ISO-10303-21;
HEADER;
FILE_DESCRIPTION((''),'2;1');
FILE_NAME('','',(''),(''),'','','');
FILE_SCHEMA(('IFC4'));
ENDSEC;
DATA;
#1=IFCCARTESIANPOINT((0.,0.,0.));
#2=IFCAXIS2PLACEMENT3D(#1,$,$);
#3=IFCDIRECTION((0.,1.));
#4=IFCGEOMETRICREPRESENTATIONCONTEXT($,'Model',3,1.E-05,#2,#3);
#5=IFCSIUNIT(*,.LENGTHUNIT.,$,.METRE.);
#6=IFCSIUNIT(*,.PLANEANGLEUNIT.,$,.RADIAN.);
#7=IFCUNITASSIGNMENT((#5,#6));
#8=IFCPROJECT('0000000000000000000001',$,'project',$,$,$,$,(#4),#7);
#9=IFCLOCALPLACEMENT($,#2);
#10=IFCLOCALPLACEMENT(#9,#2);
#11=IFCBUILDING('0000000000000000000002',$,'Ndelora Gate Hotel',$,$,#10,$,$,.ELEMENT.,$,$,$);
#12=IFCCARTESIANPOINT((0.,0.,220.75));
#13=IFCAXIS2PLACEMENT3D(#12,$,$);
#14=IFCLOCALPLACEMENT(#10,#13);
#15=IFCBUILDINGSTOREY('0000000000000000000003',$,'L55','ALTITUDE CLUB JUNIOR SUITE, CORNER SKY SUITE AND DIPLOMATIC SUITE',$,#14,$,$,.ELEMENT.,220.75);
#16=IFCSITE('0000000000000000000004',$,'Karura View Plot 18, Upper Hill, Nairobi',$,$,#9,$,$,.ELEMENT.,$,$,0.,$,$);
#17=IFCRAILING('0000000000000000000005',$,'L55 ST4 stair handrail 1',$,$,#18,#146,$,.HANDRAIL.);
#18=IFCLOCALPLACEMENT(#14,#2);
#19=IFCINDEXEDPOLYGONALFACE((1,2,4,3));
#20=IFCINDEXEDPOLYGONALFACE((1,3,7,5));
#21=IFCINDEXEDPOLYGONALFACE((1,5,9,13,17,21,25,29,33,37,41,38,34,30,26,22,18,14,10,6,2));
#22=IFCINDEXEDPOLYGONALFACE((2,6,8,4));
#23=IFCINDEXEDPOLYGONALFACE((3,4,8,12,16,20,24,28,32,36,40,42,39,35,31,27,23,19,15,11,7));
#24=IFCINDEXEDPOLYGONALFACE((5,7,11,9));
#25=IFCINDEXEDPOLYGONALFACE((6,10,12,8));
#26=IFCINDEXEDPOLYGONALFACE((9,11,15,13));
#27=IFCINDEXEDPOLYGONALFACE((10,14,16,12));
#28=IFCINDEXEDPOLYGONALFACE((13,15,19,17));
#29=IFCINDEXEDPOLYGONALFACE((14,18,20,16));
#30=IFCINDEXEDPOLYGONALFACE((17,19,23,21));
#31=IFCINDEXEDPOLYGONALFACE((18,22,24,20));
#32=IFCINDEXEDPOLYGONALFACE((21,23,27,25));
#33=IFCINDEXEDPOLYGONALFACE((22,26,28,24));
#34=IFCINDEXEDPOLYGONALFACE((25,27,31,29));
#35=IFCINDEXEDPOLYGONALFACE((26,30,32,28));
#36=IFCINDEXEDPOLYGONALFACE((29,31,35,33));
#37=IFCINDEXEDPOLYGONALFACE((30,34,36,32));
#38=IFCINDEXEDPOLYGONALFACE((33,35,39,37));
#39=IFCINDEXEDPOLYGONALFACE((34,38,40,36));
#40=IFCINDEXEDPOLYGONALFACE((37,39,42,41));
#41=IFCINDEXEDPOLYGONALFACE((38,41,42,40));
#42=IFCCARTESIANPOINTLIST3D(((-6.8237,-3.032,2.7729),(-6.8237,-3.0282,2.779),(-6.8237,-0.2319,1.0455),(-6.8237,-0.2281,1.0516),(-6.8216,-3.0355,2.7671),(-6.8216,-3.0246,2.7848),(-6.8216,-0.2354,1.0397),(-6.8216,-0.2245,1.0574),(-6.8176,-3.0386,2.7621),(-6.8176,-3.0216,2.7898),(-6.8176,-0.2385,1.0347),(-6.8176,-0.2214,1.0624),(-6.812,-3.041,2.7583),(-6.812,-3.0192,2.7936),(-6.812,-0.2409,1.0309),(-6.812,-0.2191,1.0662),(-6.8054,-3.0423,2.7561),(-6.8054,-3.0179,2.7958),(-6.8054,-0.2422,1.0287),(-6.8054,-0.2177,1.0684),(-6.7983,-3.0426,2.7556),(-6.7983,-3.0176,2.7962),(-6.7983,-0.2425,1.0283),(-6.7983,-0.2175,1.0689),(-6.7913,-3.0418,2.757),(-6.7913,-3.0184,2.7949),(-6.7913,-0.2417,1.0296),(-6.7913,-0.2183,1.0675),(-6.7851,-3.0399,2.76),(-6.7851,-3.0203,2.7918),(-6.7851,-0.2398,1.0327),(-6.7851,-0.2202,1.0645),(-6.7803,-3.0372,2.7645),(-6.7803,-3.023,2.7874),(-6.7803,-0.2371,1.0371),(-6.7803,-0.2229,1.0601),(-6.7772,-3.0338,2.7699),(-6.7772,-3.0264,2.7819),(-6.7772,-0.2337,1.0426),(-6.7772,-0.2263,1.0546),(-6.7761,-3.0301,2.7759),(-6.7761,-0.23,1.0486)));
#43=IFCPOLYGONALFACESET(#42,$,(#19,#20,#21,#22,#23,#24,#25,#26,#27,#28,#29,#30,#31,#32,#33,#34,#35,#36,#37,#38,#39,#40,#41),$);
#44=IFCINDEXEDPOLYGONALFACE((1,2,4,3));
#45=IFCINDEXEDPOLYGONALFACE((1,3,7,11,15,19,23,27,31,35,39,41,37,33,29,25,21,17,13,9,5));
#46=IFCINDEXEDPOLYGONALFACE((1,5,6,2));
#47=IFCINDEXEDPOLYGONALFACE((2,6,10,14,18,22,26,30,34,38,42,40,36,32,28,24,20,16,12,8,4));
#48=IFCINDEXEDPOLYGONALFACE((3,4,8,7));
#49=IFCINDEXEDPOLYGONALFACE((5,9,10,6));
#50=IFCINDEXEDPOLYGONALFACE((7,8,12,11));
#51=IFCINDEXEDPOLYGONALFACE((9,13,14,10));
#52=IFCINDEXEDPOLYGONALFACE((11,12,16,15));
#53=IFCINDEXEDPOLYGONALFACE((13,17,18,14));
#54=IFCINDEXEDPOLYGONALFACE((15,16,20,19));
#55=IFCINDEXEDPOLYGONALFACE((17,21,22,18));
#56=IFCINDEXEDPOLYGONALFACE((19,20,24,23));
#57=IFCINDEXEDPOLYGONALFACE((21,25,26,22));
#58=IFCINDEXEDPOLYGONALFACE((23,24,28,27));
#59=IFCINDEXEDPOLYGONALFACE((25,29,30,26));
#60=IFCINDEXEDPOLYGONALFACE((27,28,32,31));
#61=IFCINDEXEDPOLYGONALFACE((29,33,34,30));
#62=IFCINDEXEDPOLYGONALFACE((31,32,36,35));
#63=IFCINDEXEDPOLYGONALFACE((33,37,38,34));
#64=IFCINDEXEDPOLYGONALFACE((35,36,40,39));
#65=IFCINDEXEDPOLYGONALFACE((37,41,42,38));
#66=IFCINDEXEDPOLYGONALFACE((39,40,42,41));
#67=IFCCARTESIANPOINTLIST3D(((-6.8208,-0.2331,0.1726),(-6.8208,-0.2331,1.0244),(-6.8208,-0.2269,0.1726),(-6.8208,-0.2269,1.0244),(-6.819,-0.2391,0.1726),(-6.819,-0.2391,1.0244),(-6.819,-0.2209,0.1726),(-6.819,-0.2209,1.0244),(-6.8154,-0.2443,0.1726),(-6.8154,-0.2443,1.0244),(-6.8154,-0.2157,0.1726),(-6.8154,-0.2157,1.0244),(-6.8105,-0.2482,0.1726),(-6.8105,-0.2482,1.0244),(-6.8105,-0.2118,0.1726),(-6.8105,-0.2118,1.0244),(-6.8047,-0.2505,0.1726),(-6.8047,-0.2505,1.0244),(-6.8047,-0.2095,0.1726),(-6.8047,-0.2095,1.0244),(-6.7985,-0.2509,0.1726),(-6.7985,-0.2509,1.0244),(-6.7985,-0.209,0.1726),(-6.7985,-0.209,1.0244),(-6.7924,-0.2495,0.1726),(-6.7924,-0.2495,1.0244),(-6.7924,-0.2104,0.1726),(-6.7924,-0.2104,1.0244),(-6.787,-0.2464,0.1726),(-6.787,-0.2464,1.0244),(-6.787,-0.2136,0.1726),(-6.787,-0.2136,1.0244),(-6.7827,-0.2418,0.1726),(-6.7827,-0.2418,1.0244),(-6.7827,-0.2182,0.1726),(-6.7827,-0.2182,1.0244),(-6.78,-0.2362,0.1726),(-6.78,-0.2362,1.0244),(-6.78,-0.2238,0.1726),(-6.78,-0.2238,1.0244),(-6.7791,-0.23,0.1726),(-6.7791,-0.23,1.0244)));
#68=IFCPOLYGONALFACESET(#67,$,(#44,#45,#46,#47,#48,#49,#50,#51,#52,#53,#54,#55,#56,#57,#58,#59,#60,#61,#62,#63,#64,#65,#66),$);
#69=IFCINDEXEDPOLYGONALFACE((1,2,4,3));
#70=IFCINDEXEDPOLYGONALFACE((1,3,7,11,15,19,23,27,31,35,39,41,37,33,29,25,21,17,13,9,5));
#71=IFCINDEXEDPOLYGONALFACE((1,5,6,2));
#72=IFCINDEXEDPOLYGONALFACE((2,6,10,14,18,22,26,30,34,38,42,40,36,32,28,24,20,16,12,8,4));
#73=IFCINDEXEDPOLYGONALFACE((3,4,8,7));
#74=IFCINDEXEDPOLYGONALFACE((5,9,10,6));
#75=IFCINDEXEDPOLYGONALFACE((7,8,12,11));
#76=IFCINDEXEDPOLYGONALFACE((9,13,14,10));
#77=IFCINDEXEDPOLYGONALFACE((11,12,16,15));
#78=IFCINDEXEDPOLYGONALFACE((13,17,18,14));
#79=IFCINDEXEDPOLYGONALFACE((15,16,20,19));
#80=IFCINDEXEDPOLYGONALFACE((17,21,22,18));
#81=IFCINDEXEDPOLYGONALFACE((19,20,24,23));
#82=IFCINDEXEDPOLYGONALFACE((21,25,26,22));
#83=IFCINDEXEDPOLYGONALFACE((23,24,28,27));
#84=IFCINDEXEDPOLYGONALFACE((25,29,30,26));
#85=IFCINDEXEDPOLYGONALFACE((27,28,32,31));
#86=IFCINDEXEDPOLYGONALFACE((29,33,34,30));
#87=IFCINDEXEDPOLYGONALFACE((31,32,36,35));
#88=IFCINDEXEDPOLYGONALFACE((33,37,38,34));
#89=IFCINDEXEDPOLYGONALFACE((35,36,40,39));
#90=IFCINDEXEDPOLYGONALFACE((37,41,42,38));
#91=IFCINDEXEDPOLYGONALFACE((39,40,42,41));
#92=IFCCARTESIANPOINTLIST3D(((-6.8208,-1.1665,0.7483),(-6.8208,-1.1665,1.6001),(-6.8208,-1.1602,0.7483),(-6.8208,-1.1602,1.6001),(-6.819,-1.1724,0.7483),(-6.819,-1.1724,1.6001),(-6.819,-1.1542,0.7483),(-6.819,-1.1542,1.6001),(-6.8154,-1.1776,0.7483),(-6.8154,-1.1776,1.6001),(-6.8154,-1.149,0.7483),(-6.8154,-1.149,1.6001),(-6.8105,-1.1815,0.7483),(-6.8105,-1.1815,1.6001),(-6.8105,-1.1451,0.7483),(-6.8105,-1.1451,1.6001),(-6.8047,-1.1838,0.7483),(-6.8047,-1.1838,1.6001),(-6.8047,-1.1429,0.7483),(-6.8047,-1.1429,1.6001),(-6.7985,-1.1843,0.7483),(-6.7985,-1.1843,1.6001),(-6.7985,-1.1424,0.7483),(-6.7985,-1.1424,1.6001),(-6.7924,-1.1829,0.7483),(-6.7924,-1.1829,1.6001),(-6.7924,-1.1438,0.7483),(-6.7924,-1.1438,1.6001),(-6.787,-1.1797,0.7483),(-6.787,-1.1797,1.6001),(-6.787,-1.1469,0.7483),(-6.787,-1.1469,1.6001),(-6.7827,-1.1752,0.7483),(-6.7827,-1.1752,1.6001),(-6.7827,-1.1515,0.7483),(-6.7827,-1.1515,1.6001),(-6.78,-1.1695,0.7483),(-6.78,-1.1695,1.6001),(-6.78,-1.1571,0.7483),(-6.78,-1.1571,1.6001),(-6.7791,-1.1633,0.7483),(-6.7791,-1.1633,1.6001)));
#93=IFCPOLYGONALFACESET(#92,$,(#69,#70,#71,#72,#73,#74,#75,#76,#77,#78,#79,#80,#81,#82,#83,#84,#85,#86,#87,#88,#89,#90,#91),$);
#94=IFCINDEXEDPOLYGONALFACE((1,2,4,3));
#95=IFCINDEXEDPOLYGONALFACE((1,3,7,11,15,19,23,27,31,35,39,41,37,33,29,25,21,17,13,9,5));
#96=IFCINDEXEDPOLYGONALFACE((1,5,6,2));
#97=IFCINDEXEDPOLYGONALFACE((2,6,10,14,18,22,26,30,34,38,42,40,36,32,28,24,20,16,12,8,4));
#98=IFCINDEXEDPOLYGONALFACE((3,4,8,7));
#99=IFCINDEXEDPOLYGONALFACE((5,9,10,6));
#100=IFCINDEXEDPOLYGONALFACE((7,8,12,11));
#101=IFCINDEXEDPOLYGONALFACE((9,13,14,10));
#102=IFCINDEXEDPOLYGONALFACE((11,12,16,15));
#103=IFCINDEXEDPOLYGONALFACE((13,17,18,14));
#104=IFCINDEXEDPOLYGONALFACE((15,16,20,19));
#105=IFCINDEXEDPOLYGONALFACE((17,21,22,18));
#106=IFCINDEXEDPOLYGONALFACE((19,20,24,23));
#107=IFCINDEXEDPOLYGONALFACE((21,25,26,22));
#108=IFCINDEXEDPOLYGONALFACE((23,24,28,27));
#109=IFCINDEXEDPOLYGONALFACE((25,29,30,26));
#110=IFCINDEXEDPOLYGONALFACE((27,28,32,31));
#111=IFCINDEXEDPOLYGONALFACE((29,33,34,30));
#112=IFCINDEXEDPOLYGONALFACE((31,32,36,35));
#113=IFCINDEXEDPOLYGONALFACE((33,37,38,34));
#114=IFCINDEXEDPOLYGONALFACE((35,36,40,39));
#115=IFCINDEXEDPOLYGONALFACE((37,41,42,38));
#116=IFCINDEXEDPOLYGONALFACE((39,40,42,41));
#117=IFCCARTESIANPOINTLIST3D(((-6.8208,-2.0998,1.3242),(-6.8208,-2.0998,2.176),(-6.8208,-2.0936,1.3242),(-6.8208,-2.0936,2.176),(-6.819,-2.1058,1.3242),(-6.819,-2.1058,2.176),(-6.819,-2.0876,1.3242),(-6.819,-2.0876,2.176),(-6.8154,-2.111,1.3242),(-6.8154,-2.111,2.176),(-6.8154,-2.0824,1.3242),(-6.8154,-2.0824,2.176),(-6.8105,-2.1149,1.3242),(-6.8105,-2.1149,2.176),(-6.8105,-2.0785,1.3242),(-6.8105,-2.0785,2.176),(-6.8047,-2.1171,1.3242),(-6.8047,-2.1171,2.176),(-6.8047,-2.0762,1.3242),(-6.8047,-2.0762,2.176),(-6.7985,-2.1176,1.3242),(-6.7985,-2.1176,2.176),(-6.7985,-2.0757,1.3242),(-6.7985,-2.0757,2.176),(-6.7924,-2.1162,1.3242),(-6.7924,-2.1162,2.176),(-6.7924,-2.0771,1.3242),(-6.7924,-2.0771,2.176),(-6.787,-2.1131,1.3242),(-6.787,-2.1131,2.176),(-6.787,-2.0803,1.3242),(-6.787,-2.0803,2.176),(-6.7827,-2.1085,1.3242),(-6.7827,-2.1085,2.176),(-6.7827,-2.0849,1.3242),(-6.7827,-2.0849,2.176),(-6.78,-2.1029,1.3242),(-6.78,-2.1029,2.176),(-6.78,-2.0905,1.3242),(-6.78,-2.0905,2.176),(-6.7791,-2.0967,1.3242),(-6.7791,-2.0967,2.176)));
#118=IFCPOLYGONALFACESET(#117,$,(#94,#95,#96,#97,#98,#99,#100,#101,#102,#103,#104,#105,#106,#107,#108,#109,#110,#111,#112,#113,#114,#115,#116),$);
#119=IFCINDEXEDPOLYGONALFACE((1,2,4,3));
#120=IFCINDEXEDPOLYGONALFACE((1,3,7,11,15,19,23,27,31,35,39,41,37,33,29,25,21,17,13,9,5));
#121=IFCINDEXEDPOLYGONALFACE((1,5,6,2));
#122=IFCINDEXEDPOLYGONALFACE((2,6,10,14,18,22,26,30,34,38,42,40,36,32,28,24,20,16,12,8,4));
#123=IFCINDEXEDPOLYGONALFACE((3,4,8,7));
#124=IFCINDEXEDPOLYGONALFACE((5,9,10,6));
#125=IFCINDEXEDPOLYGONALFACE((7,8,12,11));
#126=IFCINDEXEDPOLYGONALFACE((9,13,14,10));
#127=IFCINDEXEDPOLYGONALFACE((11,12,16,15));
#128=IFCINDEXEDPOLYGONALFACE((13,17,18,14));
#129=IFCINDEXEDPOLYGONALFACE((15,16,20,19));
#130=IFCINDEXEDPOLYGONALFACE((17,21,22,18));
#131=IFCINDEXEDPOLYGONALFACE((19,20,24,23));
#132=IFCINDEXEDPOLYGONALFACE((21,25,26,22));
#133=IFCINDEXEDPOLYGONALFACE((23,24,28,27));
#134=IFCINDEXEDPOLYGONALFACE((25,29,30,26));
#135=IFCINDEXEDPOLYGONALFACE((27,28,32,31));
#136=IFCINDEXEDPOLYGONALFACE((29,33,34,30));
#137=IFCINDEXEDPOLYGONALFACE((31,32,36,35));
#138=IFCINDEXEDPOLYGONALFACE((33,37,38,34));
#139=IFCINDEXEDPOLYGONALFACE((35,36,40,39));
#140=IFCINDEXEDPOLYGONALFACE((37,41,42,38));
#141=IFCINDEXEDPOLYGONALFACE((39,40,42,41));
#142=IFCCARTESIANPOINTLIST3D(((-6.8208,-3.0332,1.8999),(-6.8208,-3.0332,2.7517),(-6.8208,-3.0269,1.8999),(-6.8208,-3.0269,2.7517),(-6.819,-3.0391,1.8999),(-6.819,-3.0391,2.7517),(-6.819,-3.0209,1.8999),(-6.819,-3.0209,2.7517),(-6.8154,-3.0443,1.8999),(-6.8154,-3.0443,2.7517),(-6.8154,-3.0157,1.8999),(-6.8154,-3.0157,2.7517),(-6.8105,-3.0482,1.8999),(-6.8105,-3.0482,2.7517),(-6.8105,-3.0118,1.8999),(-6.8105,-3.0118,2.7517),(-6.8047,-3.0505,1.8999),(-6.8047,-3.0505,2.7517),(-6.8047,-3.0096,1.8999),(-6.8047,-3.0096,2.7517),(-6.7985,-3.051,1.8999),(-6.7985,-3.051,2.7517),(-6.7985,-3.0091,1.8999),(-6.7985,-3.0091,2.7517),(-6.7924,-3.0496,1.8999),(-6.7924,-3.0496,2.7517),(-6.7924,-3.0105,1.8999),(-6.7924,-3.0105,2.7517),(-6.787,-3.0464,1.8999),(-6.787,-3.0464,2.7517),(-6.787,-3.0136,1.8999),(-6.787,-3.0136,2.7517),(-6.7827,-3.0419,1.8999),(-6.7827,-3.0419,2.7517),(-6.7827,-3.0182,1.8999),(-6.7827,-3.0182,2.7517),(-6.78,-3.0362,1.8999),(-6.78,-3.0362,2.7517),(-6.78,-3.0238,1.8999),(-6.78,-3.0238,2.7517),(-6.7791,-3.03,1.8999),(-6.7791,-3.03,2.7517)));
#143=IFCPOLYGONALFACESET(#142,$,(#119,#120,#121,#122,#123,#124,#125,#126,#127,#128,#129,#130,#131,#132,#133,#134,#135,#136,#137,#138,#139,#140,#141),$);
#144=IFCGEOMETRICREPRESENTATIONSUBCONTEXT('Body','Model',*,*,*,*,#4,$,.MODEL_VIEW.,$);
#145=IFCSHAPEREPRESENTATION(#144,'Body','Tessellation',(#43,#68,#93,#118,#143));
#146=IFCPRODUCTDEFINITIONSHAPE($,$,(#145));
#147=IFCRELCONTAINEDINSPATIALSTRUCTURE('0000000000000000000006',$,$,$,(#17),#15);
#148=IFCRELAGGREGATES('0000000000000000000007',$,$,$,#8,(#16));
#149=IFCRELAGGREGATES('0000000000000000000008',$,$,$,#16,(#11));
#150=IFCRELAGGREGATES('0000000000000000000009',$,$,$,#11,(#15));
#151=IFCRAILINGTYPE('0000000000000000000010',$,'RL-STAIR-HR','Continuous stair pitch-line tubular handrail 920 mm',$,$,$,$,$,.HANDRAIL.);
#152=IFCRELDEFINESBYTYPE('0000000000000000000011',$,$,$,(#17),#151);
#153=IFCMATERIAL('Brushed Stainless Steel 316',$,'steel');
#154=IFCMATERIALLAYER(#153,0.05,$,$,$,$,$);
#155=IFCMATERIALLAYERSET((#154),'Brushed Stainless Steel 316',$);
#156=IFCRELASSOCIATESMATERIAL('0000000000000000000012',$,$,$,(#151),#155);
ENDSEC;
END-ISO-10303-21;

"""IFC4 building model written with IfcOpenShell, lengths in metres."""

from ifc_helpers import new_model, si_unit, direction, frame, origin, origin_2d, place, context, subcontext, project, spatial, circle, extrude, material, layer, layer_set, type_object, element, save


model = new_model("IFC4")

# Units and contexts
model_context = context("Model", 3, precision=1e-05, world=origin(), true_north=direction((0.0, 1.0)))
body_context = subcontext(model_context, "Body", "Model", "MODEL_VIEW")
ifc_project = project(units=[si_unit("LENGTHUNIT", "METRE"), si_unit("PLANEANGLEUNIT", "RADIAN")], contexts=[model_context])

# Site, building, storey
site_placement = place(None, origin())
site = spatial("IfcSite", under=ifc_project, at=site_placement, Name="Karura View Plot 18, Upper Hill, Nairobi", CompositionType="ELEMENT", RefElevation=0.0)
building_placement = place(site_placement, origin())
building = spatial("IfcBuilding", under=site, at=building_placement, Name="Ndelora Gate Hotel", CompositionType="ELEMENT")
storey_placement = place(building_placement, frame((0.0, 0.0, 220.75)))
storey = spatial("IfcBuildingStorey", under=building, at=storey_placement, Name="L55", Description="ALTITUDE CLUB JUNIOR SUITE, CORNER SKY SUITE AND DIPLOMATIC SUITE", CompositionType="ELEMENT", Elevation=220.75)

# Railing
ifc_material_1 = material(Name="Brushed Stainless Steel 316", Category="steel")
ifc_layer_1 = layer(ifc_material_1, 0.05)
ifc_layer_set_1 = layer_set([ifc_layer_1], Name="Brushed Stainless Steel 316")
railing_type_1 = type_object("IfcRailingType", Name="RL-STAIR-HR", Description="Continuous stair pitch-line tubular handrail 920 mm", PredefinedType="HANDRAIL", material=ifc_layer_set_1)
railing_1_placement = place(storey_placement, frame((-6.8, -0.23, 0.1726)))
element("IfcRailing", 1, at=railing_1_placement, inside=storey, type_object=railing_type_1, Name="L55 ST4 stair handrail 1", PredefinedType="HANDRAIL", context=body_context, shape_type="SweptSolid", body=[
    extrude(circle(Radius=0.0239, at=origin_2d()), frame((0.0, 0.0, 0.876), z_axis=(0.0, -0.85109, 0.52502), x_axis=(1.0, 0.0, 0.0)), (0.0, 0.0, 1.0), 3.29),
    extrude(circle(Radius=0.021, at=origin_2d()), origin(), (0.0, 0.0, 1.0), 0.8518),
    extrude(circle(Radius=0.021, at=origin_2d()), frame((0.0, -0.9333, 0.5757)), (0.0, 0.0, 1.0), 0.8518),
    extrude(circle(Radius=0.021, at=origin_2d()), frame((0.0, -1.8667, 1.1516)), (0.0, 0.0, 1.0), 0.8518),
    extrude(circle(Radius=0.021, at=origin_2d()), frame((0.0, -2.8, 1.7273)), (0.0, 0.0, 1.0), 0.8518),
])

save(model, "model.ifc")
